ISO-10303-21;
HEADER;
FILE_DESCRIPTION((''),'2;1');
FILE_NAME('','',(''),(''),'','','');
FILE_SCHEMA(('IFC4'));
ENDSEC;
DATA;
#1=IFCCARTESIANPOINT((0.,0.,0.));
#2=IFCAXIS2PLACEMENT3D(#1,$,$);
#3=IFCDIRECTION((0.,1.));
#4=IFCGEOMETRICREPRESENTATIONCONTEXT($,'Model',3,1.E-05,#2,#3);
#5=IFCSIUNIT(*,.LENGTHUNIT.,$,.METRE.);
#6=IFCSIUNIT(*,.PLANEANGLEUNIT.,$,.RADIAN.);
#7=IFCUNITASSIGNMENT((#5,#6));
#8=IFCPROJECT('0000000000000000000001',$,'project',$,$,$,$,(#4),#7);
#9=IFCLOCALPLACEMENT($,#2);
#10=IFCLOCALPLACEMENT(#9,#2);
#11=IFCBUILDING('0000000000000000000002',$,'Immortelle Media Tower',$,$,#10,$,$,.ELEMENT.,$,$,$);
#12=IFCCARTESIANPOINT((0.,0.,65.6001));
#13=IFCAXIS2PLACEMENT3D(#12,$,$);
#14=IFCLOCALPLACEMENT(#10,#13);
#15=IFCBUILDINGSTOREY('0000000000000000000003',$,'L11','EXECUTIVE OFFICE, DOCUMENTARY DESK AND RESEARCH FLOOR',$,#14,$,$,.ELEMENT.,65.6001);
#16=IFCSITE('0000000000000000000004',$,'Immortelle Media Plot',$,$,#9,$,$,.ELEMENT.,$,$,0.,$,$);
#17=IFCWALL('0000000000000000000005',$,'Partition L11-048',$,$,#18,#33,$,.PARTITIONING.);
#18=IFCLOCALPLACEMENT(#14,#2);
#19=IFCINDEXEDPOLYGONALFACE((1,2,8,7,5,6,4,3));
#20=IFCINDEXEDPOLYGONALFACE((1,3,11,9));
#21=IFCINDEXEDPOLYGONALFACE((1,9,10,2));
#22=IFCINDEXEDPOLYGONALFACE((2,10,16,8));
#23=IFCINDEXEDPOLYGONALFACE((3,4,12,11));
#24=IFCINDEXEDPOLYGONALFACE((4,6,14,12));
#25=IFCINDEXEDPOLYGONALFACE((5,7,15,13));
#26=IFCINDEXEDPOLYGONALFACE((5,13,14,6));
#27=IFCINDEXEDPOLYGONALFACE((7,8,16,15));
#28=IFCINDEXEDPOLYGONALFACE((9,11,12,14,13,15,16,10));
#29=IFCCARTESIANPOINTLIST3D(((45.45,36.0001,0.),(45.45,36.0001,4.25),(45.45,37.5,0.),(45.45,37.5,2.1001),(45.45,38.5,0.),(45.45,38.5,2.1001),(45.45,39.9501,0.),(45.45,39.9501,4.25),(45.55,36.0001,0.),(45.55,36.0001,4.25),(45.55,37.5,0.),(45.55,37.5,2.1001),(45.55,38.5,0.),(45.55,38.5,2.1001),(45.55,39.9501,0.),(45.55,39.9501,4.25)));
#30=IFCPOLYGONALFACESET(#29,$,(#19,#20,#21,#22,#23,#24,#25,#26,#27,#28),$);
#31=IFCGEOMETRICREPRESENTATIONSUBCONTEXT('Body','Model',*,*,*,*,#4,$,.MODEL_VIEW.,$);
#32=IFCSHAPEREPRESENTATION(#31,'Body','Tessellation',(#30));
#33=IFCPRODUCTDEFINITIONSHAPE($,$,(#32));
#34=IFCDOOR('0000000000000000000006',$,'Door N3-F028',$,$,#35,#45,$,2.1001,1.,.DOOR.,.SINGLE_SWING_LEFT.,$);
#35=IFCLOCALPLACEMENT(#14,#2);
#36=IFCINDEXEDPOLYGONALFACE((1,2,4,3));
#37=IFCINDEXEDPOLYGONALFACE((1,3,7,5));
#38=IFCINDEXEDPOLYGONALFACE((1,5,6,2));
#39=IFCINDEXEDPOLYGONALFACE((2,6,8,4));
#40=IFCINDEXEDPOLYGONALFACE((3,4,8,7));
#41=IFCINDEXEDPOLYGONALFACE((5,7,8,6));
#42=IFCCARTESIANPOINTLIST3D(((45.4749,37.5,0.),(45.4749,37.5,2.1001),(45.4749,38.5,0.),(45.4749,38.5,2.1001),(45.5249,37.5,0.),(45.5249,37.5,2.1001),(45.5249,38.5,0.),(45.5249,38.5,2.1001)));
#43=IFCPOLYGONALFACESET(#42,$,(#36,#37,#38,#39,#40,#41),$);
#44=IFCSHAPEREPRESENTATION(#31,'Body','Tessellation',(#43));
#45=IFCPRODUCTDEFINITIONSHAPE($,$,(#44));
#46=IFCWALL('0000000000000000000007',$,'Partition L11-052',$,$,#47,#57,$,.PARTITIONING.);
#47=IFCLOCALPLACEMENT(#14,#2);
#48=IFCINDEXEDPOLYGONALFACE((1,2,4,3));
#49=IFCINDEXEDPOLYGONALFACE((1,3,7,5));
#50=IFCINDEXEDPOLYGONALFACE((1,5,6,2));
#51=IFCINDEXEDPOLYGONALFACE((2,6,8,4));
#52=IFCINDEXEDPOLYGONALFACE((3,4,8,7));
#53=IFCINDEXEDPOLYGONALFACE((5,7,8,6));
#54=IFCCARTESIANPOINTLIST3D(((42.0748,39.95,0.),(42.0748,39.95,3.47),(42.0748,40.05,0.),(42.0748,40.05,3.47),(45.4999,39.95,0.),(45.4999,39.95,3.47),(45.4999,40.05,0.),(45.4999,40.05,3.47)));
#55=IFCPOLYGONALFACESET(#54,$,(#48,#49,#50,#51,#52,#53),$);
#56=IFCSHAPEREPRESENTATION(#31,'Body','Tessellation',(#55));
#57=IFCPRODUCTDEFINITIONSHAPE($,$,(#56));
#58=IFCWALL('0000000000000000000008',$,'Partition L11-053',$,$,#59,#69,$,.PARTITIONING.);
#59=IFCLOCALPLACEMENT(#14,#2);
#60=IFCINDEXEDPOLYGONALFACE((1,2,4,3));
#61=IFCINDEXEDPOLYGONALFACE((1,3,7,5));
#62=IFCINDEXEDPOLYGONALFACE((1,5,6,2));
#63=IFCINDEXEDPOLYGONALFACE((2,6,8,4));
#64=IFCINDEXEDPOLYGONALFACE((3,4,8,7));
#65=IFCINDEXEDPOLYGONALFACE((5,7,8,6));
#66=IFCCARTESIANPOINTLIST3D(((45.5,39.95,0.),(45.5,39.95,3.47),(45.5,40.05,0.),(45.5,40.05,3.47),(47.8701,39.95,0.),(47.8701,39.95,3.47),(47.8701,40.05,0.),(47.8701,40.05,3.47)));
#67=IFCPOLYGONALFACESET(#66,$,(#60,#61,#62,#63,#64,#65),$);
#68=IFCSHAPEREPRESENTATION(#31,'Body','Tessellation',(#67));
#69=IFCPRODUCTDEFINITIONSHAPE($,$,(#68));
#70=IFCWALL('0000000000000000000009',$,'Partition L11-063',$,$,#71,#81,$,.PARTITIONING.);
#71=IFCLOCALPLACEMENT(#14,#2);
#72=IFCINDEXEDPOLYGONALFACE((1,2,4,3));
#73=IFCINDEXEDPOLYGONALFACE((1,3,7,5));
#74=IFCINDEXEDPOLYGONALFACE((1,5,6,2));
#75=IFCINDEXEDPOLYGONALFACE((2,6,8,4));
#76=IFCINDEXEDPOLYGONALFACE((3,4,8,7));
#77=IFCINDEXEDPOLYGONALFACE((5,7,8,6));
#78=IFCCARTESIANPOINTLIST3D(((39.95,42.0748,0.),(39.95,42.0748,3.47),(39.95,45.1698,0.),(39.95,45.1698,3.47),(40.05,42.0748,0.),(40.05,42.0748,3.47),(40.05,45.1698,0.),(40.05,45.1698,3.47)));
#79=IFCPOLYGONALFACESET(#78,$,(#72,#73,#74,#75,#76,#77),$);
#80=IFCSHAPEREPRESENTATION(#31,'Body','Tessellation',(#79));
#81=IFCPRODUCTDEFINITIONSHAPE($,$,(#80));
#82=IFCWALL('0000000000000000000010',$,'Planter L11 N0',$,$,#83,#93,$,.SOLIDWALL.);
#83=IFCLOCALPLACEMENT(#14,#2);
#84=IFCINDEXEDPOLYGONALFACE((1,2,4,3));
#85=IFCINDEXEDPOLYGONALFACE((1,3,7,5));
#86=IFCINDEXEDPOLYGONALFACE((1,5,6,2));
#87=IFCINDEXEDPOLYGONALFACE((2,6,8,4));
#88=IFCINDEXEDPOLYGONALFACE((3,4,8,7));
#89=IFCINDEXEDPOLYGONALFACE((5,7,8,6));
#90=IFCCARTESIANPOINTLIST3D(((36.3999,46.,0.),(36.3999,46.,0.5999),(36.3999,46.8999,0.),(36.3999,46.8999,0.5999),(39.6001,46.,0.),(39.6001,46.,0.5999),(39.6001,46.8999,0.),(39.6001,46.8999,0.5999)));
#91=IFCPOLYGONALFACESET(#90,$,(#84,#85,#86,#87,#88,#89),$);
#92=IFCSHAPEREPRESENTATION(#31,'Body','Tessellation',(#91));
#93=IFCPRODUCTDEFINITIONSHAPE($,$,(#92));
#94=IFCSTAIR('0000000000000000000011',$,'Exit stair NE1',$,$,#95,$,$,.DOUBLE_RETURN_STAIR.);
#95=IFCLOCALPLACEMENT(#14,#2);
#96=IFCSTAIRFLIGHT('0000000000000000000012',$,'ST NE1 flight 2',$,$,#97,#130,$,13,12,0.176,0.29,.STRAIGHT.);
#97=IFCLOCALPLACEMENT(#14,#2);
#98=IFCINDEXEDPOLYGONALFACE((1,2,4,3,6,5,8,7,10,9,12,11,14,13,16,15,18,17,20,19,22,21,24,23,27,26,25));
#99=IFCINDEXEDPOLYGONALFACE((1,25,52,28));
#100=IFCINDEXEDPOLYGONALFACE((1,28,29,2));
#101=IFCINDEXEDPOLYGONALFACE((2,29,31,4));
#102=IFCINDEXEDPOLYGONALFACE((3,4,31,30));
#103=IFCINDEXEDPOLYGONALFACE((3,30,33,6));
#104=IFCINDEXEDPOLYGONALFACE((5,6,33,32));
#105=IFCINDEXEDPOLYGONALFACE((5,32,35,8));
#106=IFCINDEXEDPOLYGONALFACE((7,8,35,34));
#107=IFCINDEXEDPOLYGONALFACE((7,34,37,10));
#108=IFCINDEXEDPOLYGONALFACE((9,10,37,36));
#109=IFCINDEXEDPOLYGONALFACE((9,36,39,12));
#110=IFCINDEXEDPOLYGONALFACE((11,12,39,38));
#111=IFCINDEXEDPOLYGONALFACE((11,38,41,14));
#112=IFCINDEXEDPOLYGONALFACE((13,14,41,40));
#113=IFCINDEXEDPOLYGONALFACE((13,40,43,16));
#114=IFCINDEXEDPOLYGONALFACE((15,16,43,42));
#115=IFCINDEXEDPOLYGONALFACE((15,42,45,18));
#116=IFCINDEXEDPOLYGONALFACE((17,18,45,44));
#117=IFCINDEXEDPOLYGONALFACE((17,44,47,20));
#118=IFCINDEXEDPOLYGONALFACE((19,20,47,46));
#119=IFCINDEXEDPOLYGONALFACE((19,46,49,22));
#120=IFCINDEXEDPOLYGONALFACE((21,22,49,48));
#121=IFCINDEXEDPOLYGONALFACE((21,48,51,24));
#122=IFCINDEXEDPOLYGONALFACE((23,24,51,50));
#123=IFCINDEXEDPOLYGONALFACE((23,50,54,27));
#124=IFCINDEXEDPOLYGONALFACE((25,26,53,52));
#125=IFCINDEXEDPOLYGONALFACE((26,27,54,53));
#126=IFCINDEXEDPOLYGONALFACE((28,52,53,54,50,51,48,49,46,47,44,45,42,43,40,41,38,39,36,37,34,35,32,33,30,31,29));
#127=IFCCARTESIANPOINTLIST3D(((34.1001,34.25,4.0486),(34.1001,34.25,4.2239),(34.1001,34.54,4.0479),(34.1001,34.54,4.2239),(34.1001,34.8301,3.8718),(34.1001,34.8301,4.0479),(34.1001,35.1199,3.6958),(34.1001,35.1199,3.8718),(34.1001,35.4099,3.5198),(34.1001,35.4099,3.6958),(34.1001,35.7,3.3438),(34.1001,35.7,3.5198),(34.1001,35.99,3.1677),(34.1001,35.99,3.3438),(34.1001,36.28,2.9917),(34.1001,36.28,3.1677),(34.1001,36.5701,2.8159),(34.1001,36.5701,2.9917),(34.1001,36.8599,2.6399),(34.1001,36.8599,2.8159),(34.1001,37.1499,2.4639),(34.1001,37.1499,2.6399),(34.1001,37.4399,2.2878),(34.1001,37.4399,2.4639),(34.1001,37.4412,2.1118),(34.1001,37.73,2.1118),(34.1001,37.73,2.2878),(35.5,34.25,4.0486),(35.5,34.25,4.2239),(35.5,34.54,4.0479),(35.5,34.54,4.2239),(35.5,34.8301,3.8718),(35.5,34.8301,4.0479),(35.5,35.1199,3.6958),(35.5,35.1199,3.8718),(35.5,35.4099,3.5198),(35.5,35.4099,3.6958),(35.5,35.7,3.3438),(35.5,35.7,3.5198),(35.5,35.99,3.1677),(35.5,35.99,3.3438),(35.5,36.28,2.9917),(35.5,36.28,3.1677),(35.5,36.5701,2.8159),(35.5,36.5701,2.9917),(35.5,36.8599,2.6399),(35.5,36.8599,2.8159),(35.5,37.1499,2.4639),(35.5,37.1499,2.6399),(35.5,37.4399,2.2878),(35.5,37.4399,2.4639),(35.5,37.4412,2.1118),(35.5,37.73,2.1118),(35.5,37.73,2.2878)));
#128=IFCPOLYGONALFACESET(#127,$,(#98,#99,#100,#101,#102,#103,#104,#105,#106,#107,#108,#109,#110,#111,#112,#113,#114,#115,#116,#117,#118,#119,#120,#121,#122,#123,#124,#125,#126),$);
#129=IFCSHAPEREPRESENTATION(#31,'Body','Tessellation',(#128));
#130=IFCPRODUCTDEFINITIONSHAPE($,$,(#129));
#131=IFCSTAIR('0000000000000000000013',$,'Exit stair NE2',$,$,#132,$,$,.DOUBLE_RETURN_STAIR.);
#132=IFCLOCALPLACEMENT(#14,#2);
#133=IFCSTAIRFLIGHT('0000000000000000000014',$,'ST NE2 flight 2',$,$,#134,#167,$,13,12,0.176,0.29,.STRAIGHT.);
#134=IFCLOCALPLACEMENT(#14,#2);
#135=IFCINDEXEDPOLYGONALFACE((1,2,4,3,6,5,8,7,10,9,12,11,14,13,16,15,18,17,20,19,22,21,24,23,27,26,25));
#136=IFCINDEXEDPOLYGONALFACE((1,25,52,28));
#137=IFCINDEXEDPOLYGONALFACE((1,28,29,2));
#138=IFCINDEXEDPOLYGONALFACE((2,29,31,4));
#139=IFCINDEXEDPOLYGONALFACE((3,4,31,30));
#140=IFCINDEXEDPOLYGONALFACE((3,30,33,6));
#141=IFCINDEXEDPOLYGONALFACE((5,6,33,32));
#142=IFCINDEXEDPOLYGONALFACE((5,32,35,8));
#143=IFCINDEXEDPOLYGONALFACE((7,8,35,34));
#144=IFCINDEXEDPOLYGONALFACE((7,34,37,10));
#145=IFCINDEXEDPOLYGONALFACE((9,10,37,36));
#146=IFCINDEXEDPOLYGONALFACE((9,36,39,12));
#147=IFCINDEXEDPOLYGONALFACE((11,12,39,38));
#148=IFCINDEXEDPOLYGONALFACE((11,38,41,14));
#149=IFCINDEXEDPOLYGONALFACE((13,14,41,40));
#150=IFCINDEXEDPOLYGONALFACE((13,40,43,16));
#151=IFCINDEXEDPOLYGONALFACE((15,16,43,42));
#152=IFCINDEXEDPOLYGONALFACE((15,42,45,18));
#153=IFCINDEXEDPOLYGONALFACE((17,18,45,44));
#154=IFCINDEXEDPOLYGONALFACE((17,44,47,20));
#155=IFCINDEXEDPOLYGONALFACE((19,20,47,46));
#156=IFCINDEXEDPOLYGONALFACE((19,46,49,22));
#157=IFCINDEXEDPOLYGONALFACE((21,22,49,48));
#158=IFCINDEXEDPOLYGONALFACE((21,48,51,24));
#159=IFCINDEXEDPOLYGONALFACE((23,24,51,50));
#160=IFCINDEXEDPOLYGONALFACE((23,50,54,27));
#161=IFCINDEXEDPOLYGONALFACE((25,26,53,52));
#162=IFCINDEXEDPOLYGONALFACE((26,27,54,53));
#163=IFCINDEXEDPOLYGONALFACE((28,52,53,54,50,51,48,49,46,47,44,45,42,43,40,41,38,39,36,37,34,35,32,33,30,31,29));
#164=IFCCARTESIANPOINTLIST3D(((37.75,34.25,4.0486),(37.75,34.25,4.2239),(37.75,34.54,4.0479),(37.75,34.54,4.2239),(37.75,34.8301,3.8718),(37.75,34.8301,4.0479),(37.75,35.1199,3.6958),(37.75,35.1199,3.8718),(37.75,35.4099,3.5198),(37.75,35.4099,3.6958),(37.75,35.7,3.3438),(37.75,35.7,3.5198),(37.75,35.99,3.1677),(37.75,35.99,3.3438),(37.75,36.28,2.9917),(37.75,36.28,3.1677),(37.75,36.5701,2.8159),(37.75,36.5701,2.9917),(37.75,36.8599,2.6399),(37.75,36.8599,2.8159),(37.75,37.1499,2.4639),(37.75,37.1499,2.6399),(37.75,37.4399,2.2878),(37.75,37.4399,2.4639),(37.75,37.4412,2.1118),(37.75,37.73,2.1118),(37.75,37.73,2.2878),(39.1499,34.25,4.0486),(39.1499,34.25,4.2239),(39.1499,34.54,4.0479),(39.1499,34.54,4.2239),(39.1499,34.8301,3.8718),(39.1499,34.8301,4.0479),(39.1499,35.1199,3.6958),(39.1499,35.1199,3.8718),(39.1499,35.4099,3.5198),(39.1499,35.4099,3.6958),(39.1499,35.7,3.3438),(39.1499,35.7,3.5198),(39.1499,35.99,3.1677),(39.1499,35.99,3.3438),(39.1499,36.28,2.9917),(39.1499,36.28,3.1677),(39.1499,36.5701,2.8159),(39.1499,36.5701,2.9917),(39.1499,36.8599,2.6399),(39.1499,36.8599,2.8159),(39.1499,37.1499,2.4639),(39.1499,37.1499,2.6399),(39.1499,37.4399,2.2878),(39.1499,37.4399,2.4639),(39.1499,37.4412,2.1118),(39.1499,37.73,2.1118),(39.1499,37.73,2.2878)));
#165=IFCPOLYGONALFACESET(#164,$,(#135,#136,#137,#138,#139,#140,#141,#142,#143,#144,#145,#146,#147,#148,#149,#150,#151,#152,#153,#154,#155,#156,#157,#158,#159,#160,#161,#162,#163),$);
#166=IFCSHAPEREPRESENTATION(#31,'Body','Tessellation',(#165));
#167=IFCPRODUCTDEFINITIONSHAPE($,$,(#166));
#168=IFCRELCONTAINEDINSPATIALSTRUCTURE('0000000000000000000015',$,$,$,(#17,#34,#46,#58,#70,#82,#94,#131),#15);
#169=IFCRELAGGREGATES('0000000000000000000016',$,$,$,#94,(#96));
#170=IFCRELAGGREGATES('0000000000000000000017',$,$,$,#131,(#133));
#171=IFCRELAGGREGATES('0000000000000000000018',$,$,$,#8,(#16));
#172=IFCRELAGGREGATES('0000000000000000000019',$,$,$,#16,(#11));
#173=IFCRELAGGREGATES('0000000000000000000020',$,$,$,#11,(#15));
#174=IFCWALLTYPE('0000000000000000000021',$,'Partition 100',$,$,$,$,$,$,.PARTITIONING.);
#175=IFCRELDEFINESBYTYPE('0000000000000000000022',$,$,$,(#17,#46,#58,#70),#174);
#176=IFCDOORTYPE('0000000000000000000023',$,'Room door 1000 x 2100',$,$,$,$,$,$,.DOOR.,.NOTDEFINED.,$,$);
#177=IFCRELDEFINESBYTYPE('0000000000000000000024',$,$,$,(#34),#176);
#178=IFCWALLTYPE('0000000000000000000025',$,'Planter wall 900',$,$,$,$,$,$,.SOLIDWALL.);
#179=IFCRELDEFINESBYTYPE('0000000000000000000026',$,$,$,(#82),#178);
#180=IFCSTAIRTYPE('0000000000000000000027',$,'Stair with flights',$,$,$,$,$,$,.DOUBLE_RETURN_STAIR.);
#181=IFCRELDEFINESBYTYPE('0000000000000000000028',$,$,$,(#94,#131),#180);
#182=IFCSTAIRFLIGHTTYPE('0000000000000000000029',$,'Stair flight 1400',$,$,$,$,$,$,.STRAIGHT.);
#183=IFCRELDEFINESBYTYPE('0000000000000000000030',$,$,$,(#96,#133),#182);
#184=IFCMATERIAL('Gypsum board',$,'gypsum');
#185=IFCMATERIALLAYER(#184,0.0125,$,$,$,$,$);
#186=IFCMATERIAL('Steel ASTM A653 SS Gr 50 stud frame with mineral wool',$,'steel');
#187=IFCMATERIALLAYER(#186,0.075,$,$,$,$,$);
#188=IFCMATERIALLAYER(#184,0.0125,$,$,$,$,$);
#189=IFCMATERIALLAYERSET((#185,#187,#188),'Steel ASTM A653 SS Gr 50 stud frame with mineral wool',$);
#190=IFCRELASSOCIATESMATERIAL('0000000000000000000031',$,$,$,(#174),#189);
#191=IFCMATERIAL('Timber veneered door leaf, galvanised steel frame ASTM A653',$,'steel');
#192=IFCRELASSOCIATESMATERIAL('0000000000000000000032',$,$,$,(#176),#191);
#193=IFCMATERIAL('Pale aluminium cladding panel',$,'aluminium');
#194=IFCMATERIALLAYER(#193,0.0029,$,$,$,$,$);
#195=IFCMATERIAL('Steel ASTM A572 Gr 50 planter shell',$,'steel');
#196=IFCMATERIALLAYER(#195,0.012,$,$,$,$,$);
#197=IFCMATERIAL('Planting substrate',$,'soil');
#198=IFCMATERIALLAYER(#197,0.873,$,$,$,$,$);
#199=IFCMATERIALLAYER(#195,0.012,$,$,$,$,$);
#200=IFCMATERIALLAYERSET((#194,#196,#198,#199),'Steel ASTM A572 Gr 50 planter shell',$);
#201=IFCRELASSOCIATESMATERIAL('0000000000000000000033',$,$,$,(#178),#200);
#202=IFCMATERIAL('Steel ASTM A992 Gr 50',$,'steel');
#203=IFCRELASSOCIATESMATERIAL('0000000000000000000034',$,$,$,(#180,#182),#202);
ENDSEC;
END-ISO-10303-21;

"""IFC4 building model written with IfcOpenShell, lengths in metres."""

from ifc_helpers import new_model, si_unit, direction, frame, frame_2d, origin, place, context, subcontext, project, spatial, polyline, rectangle, outline, extrude, material, layer, layer_set, type_object, element, fill, aggregate, save


model = new_model("IFC4")

# Units and contexts
model_context = context("Model", 3, precision=1e-05, world=origin(), true_north=direction((0.0, 1.0)))
body_context = subcontext(model_context, "Body", "Model", "MODEL_VIEW")
ifc_project = project(units=[si_unit("LENGTHUNIT", "METRE"), si_unit("PLANEANGLEUNIT", "RADIAN")], contexts=[model_context])

# Site, building, storey
site_placement = place(None, origin())
site = spatial("IfcSite", under=ifc_project, at=site_placement, Name="Immortelle Media Plot", CompositionType="ELEMENT", RefElevation=0.0)
building_placement = place(site_placement, origin())
building = spatial("IfcBuilding", under=site, at=building_placement, Name="Immortelle Media Tower", CompositionType="ELEMENT")
storey_placement = place(building_placement, frame((0.0, 0.0, 65.6001)))
storey = spatial("IfcBuildingStorey", under=building, at=storey_placement, Name="L11", Description="EXECUTIVE OFFICE, DOCUMENTARY DESK AND RESEARCH FLOOR", CompositionType="ELEMENT", Elevation=65.6001)

# Shared definitions
ifc_material_1 = material(Name="Steel ASTM A992 Gr 50", Category="steel")

# Shared definitions
ifc_material_2 = material(Name="Pale aluminium cladding panel", Category="aluminium")
ifc_material_3 = material(Name="Steel ASTM A653 SS Gr 50 stud frame with mineral wool", Category="steel")

# Shared definitions
ifc_material_4 = material(Name="Gypsum board", Category="gypsum")
ifc_layer_1 = layer(ifc_material_4, 0.0125)
ifc_layer_2 = layer(ifc_material_3, 0.075)
ifc_layer_3 = layer(ifc_material_4, 0.0125)
ifc_layer_set_1 = layer_set([ifc_layer_1, ifc_layer_2, ifc_layer_3], Name="Steel ASTM A653 SS Gr 50 stud frame with mineral wool")
wall_type_1 = type_object("IfcWallType", Name="Partition 100", PredefinedType="PARTITIONING", material=ifc_layer_set_1)

# Wall, opening, door
wall_1_placement = place(storey_placement, frame((45.5, 36.0, 0.0), z_axis=(0.0, 0.0, 1.0), x_axis=(0.0, 1.0, 0.0)))
wall_1 = element("IfcWall", 1, at=wall_1_placement, inside=storey, type_object=wall_type_1, Name="Partition L11-048", PredefinedType="PARTITIONING", context=body_context, shape_type="SweptSolid", body=[
    extrude(rectangle(XDim=3.95, YDim=0.1001, at=frame_2d((1.9751, 0.0))), origin(), (0.0, 0.0, 1.0), 4.25),
])
opening_1_placement = place(wall_1_placement, frame((2.5, 0.0, 0.0), z_axis=(0.0, 0.0, 1.0), x_axis=(-1.0, 0.0, 0.0)))
opening_1 = element("IfcOpeningElement", 2, at=opening_1_placement, cuts=wall_1, PredefinedType="OPENING", context=body_context, shape_type="SweptSolid", body=[
    extrude(rectangle(XDim=1.0, YDim=2.1001, at=frame_2d((0.5, 1.05))), frame((0.0, 0.0601, 0.0), z_axis=(0.0, -1.0, 0.0), x_axis=(1.0, 0.0, 0.0)), (0.0, 0.0, 1.0), 0.1201),
])
ifc_material_5 = material(Name="Timber veneered door leaf, galvanised steel frame ASTM A653", Category="steel")
door_type_1 = type_object("IfcDoorType", Name="Room door 1000 x 2100", OperationType="NOTDEFINED", PredefinedType="DOOR", material=ifc_material_5)
door_1_placement = place(opening_1_placement, origin())
door_1 = element("IfcDoor", 3, at=door_1_placement, inside=storey, type_object=door_type_1, Name="Door N3-F028", OperationType="SINGLE_SWING_LEFT", OverallHeight=2.1001, OverallWidth=1.0, PredefinedType="DOOR", context=body_context, shape_type="SweptSolid", body=[
    extrude(rectangle(XDim=1.0, YDim=2.1001, at=frame_2d((0.5, 1.05))), frame((0.0, 0.0249, 0.0), z_axis=(0.0, -1.0, 0.0), x_axis=(1.0, 0.0, 0.0)), (0.0, 0.0, 1.0), 0.05),
])
fill(opening_1, door_1)

# Walls
wall_2_placement = place(storey_placement, frame((42.075, 40.0, 0.0), z_axis=(0.0, 0.0, 1.0), x_axis=(1.0, 0.0, 0.0)))
element("IfcWall", 4, at=wall_2_placement, inside=storey, type_object=wall_type_1, Name="Partition L11-052", PredefinedType="PARTITIONING", context=body_context, shape_type="SweptSolid", body=[
    extrude(rectangle(XDim=3.425, YDim=0.1001, at=frame_2d((1.7124, 0.0))), origin(), (0.0, 0.0, 1.0), 3.47),
])
wall_3_placement = place(storey_placement, frame((45.5, 40.0, 0.0), z_axis=(0.0, 0.0, 1.0), x_axis=(1.0, 0.0, 0.0)))
element("IfcWall", 5, at=wall_3_placement, inside=storey, type_object=wall_type_1, Name="Partition L11-053", PredefinedType="PARTITIONING", context=body_context, shape_type="SweptSolid", body=[
    extrude(rectangle(XDim=2.3701, YDim=0.1001, at=frame_2d((1.1851, 0.0))), origin(), (0.0, 0.0, 1.0), 3.47),
])
wall_4_placement = place(storey_placement, frame((40.0, 42.075, 0.0), z_axis=(0.0, 0.0, 1.0), x_axis=(0.0, 1.0, 0.0)))
element("IfcWall", 6, at=wall_4_placement, inside=storey, type_object=wall_type_1, Name="Partition L11-063", PredefinedType="PARTITIONING", context=body_context, shape_type="SweptSolid", body=[
    extrude(rectangle(XDim=3.095, YDim=0.1001, at=frame_2d((1.5474, 0.0))), origin(), (0.0, 0.0, 1.0), 3.47),
])
ifc_layer_4 = layer(ifc_material_2, 0.0029)
ifc_material_6 = material(Name="Steel ASTM A572 Gr 50 planter shell", Category="steel")
ifc_layer_5 = layer(ifc_material_6, 0.012)
ifc_material_7 = material(Name="Planting substrate", Category="soil")
ifc_layer_6 = layer(ifc_material_7, 0.873)
ifc_layer_7 = layer(ifc_material_6, 0.012)
ifc_layer_set_2 = layer_set([ifc_layer_4, ifc_layer_5, ifc_layer_6, ifc_layer_7], Name="Steel ASTM A572 Gr 50 planter shell")
wall_type_2 = type_object("IfcWallType", Name="Planter wall 900", PredefinedType="SOLIDWALL", material=ifc_layer_set_2)
wall_5_placement = place(storey_placement, frame((39.6001, 46.45, 0.0), z_axis=(0.0, 0.0, 1.0), x_axis=(-1.0, 0.0, 0.0)))
element("IfcWall", 7, at=wall_5_placement, inside=storey, type_object=wall_type_2, Name="Planter L11 N0", PredefinedType="SOLIDWALL", context=body_context, shape_type="SweptSolid", body=[
    extrude(rectangle(XDim=3.2002, YDim=0.8999, at=frame_2d((1.6001, 0.0))), origin(), (0.0, 0.0, 1.0), 0.5999),
])

# Stairs, stair flights
stair_type = type_object("IfcStairType", Name="Stair with flights", PredefinedType="DOUBLE_RETURN_STAIR", material=ifc_material_1)
stair_1_placement = place(storey_placement, origin())
stair_1 = element("IfcStair", 8, at=stair_1_placement, inside=storey, type_object=stair_type, Name="Exit stair NE1", PredefinedType="DOUBLE_RETURN_STAIR")
stair_flight_type = type_object("IfcStairFlightType", Name="Stair flight 1400", PredefinedType="STRAIGHT", material=ifc_material_1)
stair_flight_1_placement = place(storey_placement, frame((34.8, 37.73, 2.1118), z_axis=(0.0, 0.0, 1.0), x_axis=(0.0, -1.0, 0.0)))
stair_flight_1 = element("IfcStairFlight", 9, at=stair_flight_1_placement, type_object=stair_flight_type, Name="ST NE1 flight 2", NumberOfRisers=13, NumberOfTreads=12, PredefinedType="STRAIGHT", RiserHeight=0.176, TreadLength=0.29, context=body_context, shape_type="SweptSolid", body=[
    extrude(outline(polyline([(0.0, 0.0), (0.0, 0.176), (0.29, 0.176), (0.29, 0.3521), (0.5801, 0.3521), (0.5801, 0.5281), (0.8701, 0.5281), (0.8701, 0.7041), (1.1599, 0.7041), (1.1599, 0.8799), (1.45, 0.8799), (1.45, 1.0559), (1.74, 1.0559), (1.74, 1.2319), (2.03, 1.2319), (2.03, 1.408), (2.3201, 1.408), (2.3201, 1.584), (2.6101, 1.584), (2.6101, 1.76), (2.8999, 1.76), (2.8999, 1.936), (3.1899, 1.936), (3.1899, 2.1121), (3.48, 2.1121), (3.48, 2.2881), (3.48, 1.9368), (0.2888, 0.0), (0.0, 0.0)])), frame((0.0, 0.7, 0.0), z_axis=(0.0, -1.0, 0.0), x_axis=(1.0, 0.0, 0.0)), (0.0, 0.0, 1.0), 1.3999),
])
aggregate(stair_1, [stair_flight_1])
stair_2_placement = place(storey_placement, origin())
stair_2 = element("IfcStair", 10, at=stair_2_placement, inside=storey, type_object=stair_type, Name="Exit stair NE2", PredefinedType="DOUBLE_RETURN_STAIR")
stair_flight_2_placement = place(storey_placement, frame((38.45, 37.73, 2.1118), z_axis=(0.0, 0.0, 1.0), x_axis=(0.0, -1.0, 0.0)))
stair_flight_2 = element("IfcStairFlight", 11, at=stair_flight_2_placement, type_object=stair_flight_type, Name="ST NE2 flight 2", NumberOfRisers=13, NumberOfTreads=12, PredefinedType="STRAIGHT", RiserHeight=0.176, TreadLength=0.29, context=body_context, shape_type="SweptSolid", body=[
    extrude(outline(polyline([(0.0, 0.0), (0.0, 0.176), (0.29, 0.176), (0.29, 0.3521), (0.5801, 0.3521), (0.5801, 0.5281), (0.8701, 0.5281), (0.8701, 0.7041), (1.1599, 0.7041), (1.1599, 0.8799), (1.45, 0.8799), (1.45, 1.0559), (1.74, 1.0559), (1.74, 1.2319), (2.03, 1.2319), (2.03, 1.408), (2.3201, 1.408), (2.3201, 1.584), (2.6101, 1.584), (2.6101, 1.76), (2.8999, 1.76), (2.8999, 1.936), (3.1899, 1.936), (3.1899, 2.1121), (3.48, 2.1121), (3.48, 2.2881), (3.48, 1.9368), (0.2888, 0.0), (0.0, 0.0)])), frame((0.0, 0.7, 0.0), z_axis=(0.0, -1.0, 0.0), x_axis=(1.0, 0.0, 0.0)), (0.0, 0.0, 1.0), 1.3999),
])
aggregate(stair_2, [stair_flight_2])

save(model, "model.ifc")
